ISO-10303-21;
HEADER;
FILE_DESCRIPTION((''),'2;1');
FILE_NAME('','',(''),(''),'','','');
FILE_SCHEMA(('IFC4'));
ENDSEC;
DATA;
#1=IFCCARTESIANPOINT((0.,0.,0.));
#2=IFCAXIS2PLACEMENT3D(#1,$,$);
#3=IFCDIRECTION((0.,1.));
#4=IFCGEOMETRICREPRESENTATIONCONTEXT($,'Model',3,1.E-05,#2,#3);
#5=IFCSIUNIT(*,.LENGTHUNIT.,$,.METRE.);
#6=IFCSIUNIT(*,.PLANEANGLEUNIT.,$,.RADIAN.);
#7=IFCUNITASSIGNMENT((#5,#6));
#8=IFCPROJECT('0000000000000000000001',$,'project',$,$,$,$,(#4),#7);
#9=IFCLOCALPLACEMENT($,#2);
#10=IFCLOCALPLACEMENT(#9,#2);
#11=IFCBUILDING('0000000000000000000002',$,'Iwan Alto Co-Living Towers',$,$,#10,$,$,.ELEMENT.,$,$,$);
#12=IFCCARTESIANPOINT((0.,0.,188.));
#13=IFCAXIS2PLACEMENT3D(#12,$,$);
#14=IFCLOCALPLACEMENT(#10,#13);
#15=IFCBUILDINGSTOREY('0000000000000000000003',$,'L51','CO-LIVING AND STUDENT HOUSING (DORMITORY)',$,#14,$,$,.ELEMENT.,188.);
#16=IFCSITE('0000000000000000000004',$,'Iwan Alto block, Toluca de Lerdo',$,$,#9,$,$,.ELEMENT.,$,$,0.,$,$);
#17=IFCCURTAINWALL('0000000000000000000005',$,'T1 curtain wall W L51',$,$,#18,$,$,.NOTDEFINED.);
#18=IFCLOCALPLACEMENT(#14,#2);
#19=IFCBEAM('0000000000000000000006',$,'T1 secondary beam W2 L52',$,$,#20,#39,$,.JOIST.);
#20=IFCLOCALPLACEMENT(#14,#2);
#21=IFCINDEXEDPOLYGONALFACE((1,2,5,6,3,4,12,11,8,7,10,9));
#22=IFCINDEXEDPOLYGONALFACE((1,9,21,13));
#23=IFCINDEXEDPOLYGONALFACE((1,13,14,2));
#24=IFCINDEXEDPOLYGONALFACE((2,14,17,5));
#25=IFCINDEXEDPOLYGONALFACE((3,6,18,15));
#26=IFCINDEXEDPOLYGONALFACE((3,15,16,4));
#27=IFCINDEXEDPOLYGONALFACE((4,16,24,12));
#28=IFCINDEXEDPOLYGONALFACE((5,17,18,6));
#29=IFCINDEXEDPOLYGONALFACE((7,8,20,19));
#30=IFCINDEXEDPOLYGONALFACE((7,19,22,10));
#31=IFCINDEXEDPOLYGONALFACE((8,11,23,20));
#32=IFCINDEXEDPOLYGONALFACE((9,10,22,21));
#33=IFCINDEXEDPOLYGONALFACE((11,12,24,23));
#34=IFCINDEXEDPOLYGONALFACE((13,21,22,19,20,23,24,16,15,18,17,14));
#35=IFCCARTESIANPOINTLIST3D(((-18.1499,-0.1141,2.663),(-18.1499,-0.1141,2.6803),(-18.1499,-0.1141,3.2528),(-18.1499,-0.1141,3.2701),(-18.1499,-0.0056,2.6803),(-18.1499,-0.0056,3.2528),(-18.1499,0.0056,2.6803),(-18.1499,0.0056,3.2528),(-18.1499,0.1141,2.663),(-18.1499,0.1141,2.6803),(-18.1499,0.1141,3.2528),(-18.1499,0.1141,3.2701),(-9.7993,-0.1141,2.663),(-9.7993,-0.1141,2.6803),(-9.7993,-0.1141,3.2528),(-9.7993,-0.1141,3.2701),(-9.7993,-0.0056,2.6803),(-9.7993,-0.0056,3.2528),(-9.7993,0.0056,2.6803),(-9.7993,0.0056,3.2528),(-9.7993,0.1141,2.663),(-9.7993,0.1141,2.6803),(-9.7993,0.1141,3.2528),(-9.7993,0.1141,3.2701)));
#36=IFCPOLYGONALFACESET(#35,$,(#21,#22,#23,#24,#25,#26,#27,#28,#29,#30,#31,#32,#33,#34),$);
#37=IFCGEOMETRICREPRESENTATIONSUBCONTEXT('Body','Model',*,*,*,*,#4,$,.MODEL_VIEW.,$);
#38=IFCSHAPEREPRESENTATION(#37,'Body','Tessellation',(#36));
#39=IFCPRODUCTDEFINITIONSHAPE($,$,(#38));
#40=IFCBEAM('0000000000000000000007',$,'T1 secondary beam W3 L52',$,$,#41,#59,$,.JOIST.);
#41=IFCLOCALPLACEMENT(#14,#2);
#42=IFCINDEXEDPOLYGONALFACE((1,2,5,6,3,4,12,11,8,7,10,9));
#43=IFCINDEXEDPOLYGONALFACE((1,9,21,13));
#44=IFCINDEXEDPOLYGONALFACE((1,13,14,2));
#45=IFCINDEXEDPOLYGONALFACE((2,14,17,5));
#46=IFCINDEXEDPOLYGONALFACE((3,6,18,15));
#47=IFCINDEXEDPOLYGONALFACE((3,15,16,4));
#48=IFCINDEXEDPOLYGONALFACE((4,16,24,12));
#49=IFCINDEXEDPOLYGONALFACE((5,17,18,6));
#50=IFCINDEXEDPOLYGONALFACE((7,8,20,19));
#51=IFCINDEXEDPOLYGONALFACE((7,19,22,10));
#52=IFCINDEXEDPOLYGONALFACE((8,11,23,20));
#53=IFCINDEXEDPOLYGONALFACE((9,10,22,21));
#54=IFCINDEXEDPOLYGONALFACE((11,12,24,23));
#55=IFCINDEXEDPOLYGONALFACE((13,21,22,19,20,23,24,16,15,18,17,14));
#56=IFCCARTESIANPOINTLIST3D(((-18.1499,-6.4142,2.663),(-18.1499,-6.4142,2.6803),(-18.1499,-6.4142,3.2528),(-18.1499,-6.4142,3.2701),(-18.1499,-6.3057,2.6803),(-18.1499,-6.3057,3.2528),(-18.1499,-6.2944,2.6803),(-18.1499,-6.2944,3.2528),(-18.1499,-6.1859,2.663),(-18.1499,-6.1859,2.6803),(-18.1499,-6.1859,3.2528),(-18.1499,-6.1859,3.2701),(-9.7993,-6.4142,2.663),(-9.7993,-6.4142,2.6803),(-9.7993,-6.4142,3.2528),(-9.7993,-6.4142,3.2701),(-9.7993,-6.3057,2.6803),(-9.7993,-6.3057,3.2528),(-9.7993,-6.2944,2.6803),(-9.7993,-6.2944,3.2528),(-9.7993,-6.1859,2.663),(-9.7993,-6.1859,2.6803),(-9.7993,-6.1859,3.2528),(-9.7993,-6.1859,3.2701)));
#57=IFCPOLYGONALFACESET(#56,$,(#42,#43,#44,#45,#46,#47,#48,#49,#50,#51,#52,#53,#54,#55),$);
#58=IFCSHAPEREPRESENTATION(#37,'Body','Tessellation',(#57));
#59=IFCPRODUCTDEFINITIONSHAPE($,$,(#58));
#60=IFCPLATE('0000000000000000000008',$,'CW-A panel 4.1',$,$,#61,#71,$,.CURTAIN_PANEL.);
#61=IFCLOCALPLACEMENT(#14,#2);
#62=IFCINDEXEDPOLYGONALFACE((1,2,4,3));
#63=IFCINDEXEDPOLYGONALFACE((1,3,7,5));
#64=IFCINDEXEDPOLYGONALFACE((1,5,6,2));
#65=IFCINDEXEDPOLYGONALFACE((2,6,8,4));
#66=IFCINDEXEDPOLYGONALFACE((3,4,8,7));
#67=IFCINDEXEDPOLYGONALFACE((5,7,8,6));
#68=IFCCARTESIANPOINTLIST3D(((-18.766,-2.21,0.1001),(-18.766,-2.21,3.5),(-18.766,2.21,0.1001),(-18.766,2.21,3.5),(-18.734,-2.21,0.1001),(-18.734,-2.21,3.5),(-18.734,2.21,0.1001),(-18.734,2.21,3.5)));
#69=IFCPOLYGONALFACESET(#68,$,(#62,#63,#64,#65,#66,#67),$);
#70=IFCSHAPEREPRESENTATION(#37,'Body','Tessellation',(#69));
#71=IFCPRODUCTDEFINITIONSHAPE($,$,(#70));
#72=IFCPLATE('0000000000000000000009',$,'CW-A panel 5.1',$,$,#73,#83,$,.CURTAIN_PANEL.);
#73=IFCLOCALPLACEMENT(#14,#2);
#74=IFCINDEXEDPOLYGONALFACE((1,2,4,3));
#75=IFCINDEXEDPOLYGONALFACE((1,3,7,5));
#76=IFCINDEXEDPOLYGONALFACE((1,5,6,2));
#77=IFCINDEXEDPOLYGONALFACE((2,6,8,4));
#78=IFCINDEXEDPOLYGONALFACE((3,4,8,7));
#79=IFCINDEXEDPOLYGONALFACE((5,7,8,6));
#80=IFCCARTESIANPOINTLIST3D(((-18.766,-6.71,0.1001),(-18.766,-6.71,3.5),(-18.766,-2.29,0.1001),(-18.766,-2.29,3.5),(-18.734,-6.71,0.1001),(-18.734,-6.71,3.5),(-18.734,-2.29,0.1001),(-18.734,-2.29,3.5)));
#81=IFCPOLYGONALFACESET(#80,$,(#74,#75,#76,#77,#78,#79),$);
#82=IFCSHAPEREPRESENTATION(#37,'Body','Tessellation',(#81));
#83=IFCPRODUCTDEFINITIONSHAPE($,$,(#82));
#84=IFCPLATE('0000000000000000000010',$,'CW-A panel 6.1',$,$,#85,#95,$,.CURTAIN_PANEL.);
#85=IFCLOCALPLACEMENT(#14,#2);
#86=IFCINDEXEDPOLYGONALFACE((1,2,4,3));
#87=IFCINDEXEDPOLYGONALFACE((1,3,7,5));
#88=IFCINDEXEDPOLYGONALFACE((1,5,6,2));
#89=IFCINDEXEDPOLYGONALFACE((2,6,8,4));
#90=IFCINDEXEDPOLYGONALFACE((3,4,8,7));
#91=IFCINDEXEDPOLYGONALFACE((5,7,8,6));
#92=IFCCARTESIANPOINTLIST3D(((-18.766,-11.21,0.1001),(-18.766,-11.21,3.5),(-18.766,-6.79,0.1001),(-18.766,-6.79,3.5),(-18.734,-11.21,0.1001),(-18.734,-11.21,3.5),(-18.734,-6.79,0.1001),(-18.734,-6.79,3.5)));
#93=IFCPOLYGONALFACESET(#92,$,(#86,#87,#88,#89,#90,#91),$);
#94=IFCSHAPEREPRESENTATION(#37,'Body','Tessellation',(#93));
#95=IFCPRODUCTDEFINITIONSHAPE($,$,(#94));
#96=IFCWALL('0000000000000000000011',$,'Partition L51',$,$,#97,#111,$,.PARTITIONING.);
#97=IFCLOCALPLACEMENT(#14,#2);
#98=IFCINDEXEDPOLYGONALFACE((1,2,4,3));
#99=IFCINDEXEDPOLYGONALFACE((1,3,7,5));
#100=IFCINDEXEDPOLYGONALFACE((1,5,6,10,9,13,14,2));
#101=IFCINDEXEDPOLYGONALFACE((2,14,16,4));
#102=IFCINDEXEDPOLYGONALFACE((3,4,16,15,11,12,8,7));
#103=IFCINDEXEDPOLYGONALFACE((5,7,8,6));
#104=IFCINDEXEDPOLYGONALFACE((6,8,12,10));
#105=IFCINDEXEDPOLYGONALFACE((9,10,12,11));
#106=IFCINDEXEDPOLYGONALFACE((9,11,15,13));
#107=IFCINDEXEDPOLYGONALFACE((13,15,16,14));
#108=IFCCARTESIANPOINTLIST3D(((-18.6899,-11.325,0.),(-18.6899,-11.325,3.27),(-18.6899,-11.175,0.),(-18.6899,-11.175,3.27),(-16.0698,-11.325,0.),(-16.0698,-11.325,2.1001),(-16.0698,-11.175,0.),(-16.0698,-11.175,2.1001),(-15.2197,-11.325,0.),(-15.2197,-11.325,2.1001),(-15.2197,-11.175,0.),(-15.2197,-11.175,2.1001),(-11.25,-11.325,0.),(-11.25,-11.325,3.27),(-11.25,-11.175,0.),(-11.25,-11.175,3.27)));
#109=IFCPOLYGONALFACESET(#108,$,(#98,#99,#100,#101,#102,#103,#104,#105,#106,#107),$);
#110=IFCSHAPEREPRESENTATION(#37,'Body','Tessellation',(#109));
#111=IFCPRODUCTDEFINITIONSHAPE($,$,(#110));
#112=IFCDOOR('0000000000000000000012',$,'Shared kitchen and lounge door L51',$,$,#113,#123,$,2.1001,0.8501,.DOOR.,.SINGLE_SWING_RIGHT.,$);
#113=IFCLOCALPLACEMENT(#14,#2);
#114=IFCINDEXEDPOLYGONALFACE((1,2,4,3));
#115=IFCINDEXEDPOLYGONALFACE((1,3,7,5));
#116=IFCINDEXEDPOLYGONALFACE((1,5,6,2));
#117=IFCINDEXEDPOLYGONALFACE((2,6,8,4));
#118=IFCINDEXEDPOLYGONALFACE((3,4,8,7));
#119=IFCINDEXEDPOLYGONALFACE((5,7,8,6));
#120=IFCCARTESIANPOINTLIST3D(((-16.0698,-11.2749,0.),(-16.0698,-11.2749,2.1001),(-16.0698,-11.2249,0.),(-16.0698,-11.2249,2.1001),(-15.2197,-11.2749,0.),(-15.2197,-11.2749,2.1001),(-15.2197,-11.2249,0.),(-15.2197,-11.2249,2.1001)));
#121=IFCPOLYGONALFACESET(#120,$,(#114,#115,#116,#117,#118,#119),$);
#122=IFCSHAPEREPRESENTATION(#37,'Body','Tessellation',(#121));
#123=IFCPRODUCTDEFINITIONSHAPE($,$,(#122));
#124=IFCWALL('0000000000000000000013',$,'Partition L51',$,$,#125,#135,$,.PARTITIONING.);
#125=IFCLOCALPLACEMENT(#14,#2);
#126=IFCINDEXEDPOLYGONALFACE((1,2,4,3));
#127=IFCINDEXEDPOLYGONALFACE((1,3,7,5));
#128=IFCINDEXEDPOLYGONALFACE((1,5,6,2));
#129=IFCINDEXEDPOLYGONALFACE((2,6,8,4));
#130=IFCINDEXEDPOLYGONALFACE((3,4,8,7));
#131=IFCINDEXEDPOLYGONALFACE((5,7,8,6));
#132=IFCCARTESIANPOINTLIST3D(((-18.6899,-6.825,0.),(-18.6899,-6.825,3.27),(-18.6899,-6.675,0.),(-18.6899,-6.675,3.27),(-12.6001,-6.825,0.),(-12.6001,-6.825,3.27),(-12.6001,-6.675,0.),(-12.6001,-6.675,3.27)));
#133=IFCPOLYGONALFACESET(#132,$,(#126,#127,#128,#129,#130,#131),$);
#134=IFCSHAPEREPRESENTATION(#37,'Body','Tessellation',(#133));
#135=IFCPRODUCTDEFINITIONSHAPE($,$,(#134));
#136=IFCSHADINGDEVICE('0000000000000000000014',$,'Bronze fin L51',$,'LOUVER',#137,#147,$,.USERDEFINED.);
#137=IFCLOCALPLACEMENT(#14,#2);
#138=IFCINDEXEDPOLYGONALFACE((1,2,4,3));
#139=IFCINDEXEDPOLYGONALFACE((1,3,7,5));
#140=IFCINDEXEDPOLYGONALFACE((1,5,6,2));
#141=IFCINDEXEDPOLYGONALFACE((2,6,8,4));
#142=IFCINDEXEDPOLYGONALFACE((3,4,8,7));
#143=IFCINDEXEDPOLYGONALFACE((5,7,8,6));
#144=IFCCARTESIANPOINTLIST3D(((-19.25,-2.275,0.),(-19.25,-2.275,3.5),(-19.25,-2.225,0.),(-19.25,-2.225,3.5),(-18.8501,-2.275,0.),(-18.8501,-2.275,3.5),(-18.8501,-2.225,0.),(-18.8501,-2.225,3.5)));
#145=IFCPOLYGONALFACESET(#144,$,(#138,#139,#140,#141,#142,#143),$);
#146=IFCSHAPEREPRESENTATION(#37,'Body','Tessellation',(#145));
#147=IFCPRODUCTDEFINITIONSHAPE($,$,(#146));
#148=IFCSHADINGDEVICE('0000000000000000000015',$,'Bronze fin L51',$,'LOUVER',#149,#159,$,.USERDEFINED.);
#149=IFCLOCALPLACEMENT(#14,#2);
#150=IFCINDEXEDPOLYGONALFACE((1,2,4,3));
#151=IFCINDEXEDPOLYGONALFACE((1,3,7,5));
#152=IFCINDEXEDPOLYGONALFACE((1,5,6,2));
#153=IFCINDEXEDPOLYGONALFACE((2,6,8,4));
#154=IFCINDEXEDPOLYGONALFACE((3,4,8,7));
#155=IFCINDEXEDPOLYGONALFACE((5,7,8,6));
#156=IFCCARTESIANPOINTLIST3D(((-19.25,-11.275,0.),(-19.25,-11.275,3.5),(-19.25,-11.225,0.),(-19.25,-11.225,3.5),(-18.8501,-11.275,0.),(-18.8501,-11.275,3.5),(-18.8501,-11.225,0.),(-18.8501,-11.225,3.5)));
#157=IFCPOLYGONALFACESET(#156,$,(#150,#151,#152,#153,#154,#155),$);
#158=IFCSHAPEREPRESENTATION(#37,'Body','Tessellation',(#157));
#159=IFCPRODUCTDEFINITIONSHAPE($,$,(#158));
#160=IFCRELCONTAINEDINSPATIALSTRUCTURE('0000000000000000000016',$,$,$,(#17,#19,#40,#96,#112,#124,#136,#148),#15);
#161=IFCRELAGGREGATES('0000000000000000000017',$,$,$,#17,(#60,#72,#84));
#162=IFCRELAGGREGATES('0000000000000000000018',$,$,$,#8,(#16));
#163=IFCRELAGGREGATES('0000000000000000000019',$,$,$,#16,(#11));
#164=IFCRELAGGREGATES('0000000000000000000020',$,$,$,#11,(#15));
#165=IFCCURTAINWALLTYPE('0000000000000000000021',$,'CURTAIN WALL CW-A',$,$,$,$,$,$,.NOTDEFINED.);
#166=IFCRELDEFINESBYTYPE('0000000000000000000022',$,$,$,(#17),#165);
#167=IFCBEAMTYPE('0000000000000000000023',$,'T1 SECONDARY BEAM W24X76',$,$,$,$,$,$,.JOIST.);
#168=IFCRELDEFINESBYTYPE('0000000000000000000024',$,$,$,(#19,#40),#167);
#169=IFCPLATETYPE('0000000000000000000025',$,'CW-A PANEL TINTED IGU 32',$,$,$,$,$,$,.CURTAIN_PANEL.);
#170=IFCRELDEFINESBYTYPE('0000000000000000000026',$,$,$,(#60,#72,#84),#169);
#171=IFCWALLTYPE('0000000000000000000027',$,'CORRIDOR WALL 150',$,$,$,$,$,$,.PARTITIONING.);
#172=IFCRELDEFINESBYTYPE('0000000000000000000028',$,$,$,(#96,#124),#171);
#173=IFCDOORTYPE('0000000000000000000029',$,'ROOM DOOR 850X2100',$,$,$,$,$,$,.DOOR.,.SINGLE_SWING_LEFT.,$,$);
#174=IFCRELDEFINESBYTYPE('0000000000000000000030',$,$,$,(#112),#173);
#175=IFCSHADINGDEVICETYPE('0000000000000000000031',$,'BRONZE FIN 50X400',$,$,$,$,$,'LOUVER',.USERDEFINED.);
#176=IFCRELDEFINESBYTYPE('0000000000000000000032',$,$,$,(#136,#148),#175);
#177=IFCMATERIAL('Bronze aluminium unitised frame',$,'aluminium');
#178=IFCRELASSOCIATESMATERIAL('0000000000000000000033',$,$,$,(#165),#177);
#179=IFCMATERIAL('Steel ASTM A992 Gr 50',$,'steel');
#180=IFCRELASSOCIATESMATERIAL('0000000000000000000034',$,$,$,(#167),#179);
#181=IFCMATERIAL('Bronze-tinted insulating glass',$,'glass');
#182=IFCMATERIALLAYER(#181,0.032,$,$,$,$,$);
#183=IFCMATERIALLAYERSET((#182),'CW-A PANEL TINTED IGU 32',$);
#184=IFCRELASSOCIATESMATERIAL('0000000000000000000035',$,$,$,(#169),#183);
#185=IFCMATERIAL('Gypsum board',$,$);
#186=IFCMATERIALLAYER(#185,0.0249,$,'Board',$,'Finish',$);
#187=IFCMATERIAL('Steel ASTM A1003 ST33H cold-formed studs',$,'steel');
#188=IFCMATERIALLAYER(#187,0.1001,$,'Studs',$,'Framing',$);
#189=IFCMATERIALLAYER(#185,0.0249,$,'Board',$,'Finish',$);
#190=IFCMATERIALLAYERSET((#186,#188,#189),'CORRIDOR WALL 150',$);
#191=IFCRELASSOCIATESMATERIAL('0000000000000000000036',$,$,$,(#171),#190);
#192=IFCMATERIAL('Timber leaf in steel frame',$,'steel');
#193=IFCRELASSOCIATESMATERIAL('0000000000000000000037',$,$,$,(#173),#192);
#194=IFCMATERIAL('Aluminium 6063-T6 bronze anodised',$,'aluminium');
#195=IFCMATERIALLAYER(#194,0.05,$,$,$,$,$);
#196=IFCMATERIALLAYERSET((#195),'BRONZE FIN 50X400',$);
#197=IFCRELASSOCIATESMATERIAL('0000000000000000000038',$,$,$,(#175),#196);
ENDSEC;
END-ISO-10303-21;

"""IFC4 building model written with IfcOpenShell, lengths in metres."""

from ifc_helpers import new_model, si_unit, direction, frame, frame_2d, origin, origin_2d, place, context, subcontext, project, spatial, rectangle, i_section, extrude, material, layer, layer_set, material_profile, profile_set, type_object, element, fill, aggregate, save


model = new_model("IFC4")

# Units and contexts
model_context = context("Model", 3, precision=1e-05, world=origin(), true_north=direction((0.0, 1.0)))
body_context = subcontext(model_context, "Body", "Model", "MODEL_VIEW")
ifc_project = project(units=[si_unit("LENGTHUNIT", "METRE"), si_unit("PLANEANGLEUNIT", "RADIAN")], contexts=[model_context])

# Site, building, storey
site_placement = place(None, origin())
site = spatial("IfcSite", under=ifc_project, at=site_placement, Name="Iwan Alto block, Toluca de Lerdo", CompositionType="ELEMENT", RefElevation=0.0)
building_placement = place(site_placement, origin())
building = spatial("IfcBuilding", under=site, at=building_placement, Name="Iwan Alto Co-Living Towers", CompositionType="ELEMENT")
storey_placement = place(building_placement, frame((0.0, 0.0, 188.0)))
storey = spatial("IfcBuildingStorey", under=building, at=storey_placement, Name="L51", Description="CO-LIVING AND STUDENT HOUSING (DORMITORY)", CompositionType="ELEMENT", Elevation=188.0)

# Curtain wall
ifc_material_1 = material(Name="Bronze aluminium unitised frame", Category="aluminium")
curtain_wall_type = type_object("IfcCurtainWallType", Name="CURTAIN WALL CW-A", PredefinedType="NOTDEFINED", material=ifc_material_1)
curtain_wall_placement = place(storey_placement, origin())
curtain_wall = element("IfcCurtainWall", 1, at=curtain_wall_placement, inside=storey, type_object=curtain_wall_type, Name="T1 curtain wall W L51", PredefinedType="NOTDEFINED")

# Beams
ifc_material_2 = material(Name="Steel ASTM A992 Gr 50", Category="steel")
ifc_material_profile_1 = material_profile(ifc_material_2, i_section(OverallWidth=0.2283, OverallDepth=0.6072, WebThickness=0.0112, FlangeThickness=0.0173, at=origin_2d()), Name="W24X76")
ifc_profile_set_1 = profile_set([ifc_material_profile_1], Name="Steel ASTM A992 Gr 50")
beam_type_1 = type_object("IfcBeamType", Name="T1 SECONDARY BEAM W24X76", PredefinedType="JOIST", material=ifc_profile_set_1)
for number, where, z_axis, x_axis, name in (
    (2, (-18.1499, 0.0, 2.9666), (1.0, 0.0, 0.0), (0.0, 1.0, 0.0), "T1 secondary beam W2 L52"),
    (3, (-18.1499, -6.3, 2.9666), (1.0, 0.0, 0.0), (0.0, 1.0, 0.0), "T1 secondary beam W3 L52"),
):
    element("IfcBeam", number, at=place(storey_placement, frame(where, z_axis=z_axis, x_axis=x_axis)), inside=storey, type_object=beam_type_1, Name=name, PredefinedType="JOIST", context=body_context, shape_type="SweptSolid", body=[
        extrude(i_section(OverallWidth=0.2283, OverallDepth=0.6072, WebThickness=0.0112, FlangeThickness=0.0173, at=origin_2d()), origin(), (0.0, 0.0, 1.0), 8.3506),
    ])

# Plates
ifc_material_3 = material(Name="Bronze-tinted insulating glass", Category="glass")
ifc_layer_1 = layer(ifc_material_3, 0.032)
ifc_layer_set_1 = layer_set([ifc_layer_1], Name="CW-A PANEL TINTED IGU 32")
plate_type = type_object("IfcPlateType", Name="CW-A PANEL TINTED IGU 32", PredefinedType="CURTAIN_PANEL", material=ifc_layer_set_1)
plate_1_placement = place(storey_placement, frame((-18.75, 0.0, 0.1001), z_axis=(0.0, 0.0, 1.0), x_axis=(0.0, -1.0, 0.0)))
plate_1 = element("IfcPlate", 4, at=plate_1_placement, type_object=plate_type, Name="CW-A panel 4.1", PredefinedType="CURTAIN_PANEL", context=body_context, shape_type="SweptSolid", body=[
    extrude(rectangle(XDim=4.4199, YDim=0.032, at=origin_2d()), origin(), (0.0, 0.0, 1.0), 3.3999),
])
plate_2_placement = place(storey_placement, frame((-18.75, -4.5, 0.1001), z_axis=(0.0, 0.0, 1.0), x_axis=(0.0, -1.0, 0.0)))
plate_2 = element("IfcPlate", 5, at=plate_2_placement, type_object=plate_type, Name="CW-A panel 5.1", PredefinedType="CURTAIN_PANEL", context=body_context, shape_type="SweptSolid", body=[
    extrude(rectangle(XDim=4.4199, YDim=0.032, at=origin_2d()), origin(), (0.0, 0.0, 1.0), 3.3999),
])
plate_3_placement = place(storey_placement, frame((-18.75, -9.0, 0.1001), z_axis=(0.0, 0.0, 1.0), x_axis=(0.0, -1.0, 0.0)))
plate_3 = element("IfcPlate", 6, at=plate_3_placement, type_object=plate_type, Name="CW-A panel 6.1", PredefinedType="CURTAIN_PANEL", context=body_context, shape_type="SweptSolid", body=[
    extrude(rectangle(XDim=4.4199, YDim=0.032, at=origin_2d()), origin(), (0.0, 0.0, 1.0), 3.3999),
])
aggregate(curtain_wall, [plate_1, plate_2, plate_3])

# Wall, opening, door
ifc_material_4 = material(Name="Gypsum board")
ifc_layer_2 = layer(ifc_material_4, 0.0249, Name="Board", Category="Finish")
ifc_material_5 = material(Name="Steel ASTM A1003 ST33H cold-formed studs", Category="steel")
ifc_layer_3 = layer(ifc_material_5, 0.1001, Name="Studs", Category="Framing")
ifc_layer_4 = layer(ifc_material_4, 0.0249, Name="Board", Category="Finish")
ifc_layer_set_2 = layer_set([ifc_layer_2, ifc_layer_3, ifc_layer_4], Name="CORRIDOR WALL 150")
wall_type = type_object("IfcWallType", Name="CORRIDOR WALL 150", PredefinedType="PARTITIONING", material=ifc_layer_set_2)
wall_1_placement = place(storey_placement, frame((-18.6899, -11.25, 0.0), z_axis=(0.0, 0.0, 1.0), x_axis=(1.0, 0.0, 0.0)))
wall_1 = element("IfcWall", 7, at=wall_1_placement, inside=storey, type_object=wall_type, Name="Partition L51", PredefinedType="PARTITIONING", context=body_context, shape_type="SweptSolid", body=[
    extrude(rectangle(XDim=7.4399, YDim=0.1499, at=frame_2d((3.72, 0.0))), origin(), (0.0, 0.0, 1.0), 3.27),
])
opening_placement = place(wall_1_placement, frame((2.6201, 0.0, 0.0)))
opening = element("IfcOpeningElement", 8, at=opening_placement, cuts=wall_1, PredefinedType="OPENING", context=body_context, shape_type="SweptSolid", body=[
    extrude(rectangle(XDim=0.8501, YDim=2.1001, at=frame_2d((0.425, 1.05))), frame((0.0, 0.085, 0.0), z_axis=(0.0, -1.0, 0.0), x_axis=(1.0, 0.0, 0.0)), (0.0, 0.0, 1.0), 0.1699),
])
ifc_material_6 = material(Name="Timber leaf in steel frame", Category="steel")
door_type = type_object("IfcDoorType", Name="ROOM DOOR 850X2100", OperationType="SINGLE_SWING_LEFT", PredefinedType="DOOR", material=ifc_material_6)
door_placement = place(opening_placement, frame((0.8501, 0.0, 0.0), z_axis=(0.0, 0.0, 1.0), x_axis=(-1.0, 0.0, 0.0)))
door = element("IfcDoor", 9, at=door_placement, inside=storey, type_object=door_type, Name="Shared kitchen and lounge door L51", OperationType="SINGLE_SWING_RIGHT", OverallHeight=2.1001, OverallWidth=0.8501, PredefinedType="DOOR", context=body_context, shape_type="SweptSolid", body=[
    extrude(rectangle(XDim=0.8501, YDim=2.1001, at=frame_2d((0.425, 1.05))), frame((0.0, 0.0249, 0.0), z_axis=(0.0, -1.0, 0.0), x_axis=(1.0, 0.0, 0.0)), (0.0, 0.0, 1.0), 0.05),
])
fill(opening, door)

# Wall
wall_2_placement = place(storey_placement, frame((-18.6899, -6.75, 0.0), z_axis=(0.0, 0.0, 1.0), x_axis=(1.0, 0.0, 0.0)))
element("IfcWall", 10, at=wall_2_placement, inside=storey, type_object=wall_type, Name="Partition L51", PredefinedType="PARTITIONING", context=body_context, shape_type="SweptSolid", body=[
    extrude(rectangle(XDim=6.0898, YDim=0.1499, at=frame_2d((3.0449, 0.0))), origin(), (0.0, 0.0, 1.0), 3.27),
])

# Shading devices
ifc_material_7 = material(Name="Aluminium 6063-T6 bronze anodised", Category="aluminium")
ifc_layer_5 = layer(ifc_material_7, 0.05)
ifc_layer_set_3 = layer_set([ifc_layer_5], Name="BRONZE FIN 50X400")
shading_device_type = type_object("IfcShadingDeviceType", Name="BRONZE FIN 50X400", ElementType="LOUVER", PredefinedType="USERDEFINED", material=ifc_layer_set_3)
for number, where, z_axis, x_axis, name in (
    (11, (-19.05, -2.25, 0.0), (0.0, 0.0, 1.0), (0.0, -1.0, 0.0), "Bronze fin L51"),
    (12, (-19.05, -11.25, 0.0), (0.0, 0.0, 1.0), (0.0, -1.0, 0.0), "Bronze fin L51"),
):
    element("IfcShadingDevice", number, at=place(storey_placement, frame(where, z_axis=z_axis, x_axis=x_axis)), inside=storey, type_object=shading_device_type, Name=name, ObjectType="LOUVER", PredefinedType="USERDEFINED", context=body_context, shape_type="SweptSolid", body=[
        extrude(rectangle(XDim=0.05, YDim=0.3999, at=origin_2d()), origin(), (0.0, 0.0, 1.0), 3.5),
    ])

save(model, "model.ifc")
